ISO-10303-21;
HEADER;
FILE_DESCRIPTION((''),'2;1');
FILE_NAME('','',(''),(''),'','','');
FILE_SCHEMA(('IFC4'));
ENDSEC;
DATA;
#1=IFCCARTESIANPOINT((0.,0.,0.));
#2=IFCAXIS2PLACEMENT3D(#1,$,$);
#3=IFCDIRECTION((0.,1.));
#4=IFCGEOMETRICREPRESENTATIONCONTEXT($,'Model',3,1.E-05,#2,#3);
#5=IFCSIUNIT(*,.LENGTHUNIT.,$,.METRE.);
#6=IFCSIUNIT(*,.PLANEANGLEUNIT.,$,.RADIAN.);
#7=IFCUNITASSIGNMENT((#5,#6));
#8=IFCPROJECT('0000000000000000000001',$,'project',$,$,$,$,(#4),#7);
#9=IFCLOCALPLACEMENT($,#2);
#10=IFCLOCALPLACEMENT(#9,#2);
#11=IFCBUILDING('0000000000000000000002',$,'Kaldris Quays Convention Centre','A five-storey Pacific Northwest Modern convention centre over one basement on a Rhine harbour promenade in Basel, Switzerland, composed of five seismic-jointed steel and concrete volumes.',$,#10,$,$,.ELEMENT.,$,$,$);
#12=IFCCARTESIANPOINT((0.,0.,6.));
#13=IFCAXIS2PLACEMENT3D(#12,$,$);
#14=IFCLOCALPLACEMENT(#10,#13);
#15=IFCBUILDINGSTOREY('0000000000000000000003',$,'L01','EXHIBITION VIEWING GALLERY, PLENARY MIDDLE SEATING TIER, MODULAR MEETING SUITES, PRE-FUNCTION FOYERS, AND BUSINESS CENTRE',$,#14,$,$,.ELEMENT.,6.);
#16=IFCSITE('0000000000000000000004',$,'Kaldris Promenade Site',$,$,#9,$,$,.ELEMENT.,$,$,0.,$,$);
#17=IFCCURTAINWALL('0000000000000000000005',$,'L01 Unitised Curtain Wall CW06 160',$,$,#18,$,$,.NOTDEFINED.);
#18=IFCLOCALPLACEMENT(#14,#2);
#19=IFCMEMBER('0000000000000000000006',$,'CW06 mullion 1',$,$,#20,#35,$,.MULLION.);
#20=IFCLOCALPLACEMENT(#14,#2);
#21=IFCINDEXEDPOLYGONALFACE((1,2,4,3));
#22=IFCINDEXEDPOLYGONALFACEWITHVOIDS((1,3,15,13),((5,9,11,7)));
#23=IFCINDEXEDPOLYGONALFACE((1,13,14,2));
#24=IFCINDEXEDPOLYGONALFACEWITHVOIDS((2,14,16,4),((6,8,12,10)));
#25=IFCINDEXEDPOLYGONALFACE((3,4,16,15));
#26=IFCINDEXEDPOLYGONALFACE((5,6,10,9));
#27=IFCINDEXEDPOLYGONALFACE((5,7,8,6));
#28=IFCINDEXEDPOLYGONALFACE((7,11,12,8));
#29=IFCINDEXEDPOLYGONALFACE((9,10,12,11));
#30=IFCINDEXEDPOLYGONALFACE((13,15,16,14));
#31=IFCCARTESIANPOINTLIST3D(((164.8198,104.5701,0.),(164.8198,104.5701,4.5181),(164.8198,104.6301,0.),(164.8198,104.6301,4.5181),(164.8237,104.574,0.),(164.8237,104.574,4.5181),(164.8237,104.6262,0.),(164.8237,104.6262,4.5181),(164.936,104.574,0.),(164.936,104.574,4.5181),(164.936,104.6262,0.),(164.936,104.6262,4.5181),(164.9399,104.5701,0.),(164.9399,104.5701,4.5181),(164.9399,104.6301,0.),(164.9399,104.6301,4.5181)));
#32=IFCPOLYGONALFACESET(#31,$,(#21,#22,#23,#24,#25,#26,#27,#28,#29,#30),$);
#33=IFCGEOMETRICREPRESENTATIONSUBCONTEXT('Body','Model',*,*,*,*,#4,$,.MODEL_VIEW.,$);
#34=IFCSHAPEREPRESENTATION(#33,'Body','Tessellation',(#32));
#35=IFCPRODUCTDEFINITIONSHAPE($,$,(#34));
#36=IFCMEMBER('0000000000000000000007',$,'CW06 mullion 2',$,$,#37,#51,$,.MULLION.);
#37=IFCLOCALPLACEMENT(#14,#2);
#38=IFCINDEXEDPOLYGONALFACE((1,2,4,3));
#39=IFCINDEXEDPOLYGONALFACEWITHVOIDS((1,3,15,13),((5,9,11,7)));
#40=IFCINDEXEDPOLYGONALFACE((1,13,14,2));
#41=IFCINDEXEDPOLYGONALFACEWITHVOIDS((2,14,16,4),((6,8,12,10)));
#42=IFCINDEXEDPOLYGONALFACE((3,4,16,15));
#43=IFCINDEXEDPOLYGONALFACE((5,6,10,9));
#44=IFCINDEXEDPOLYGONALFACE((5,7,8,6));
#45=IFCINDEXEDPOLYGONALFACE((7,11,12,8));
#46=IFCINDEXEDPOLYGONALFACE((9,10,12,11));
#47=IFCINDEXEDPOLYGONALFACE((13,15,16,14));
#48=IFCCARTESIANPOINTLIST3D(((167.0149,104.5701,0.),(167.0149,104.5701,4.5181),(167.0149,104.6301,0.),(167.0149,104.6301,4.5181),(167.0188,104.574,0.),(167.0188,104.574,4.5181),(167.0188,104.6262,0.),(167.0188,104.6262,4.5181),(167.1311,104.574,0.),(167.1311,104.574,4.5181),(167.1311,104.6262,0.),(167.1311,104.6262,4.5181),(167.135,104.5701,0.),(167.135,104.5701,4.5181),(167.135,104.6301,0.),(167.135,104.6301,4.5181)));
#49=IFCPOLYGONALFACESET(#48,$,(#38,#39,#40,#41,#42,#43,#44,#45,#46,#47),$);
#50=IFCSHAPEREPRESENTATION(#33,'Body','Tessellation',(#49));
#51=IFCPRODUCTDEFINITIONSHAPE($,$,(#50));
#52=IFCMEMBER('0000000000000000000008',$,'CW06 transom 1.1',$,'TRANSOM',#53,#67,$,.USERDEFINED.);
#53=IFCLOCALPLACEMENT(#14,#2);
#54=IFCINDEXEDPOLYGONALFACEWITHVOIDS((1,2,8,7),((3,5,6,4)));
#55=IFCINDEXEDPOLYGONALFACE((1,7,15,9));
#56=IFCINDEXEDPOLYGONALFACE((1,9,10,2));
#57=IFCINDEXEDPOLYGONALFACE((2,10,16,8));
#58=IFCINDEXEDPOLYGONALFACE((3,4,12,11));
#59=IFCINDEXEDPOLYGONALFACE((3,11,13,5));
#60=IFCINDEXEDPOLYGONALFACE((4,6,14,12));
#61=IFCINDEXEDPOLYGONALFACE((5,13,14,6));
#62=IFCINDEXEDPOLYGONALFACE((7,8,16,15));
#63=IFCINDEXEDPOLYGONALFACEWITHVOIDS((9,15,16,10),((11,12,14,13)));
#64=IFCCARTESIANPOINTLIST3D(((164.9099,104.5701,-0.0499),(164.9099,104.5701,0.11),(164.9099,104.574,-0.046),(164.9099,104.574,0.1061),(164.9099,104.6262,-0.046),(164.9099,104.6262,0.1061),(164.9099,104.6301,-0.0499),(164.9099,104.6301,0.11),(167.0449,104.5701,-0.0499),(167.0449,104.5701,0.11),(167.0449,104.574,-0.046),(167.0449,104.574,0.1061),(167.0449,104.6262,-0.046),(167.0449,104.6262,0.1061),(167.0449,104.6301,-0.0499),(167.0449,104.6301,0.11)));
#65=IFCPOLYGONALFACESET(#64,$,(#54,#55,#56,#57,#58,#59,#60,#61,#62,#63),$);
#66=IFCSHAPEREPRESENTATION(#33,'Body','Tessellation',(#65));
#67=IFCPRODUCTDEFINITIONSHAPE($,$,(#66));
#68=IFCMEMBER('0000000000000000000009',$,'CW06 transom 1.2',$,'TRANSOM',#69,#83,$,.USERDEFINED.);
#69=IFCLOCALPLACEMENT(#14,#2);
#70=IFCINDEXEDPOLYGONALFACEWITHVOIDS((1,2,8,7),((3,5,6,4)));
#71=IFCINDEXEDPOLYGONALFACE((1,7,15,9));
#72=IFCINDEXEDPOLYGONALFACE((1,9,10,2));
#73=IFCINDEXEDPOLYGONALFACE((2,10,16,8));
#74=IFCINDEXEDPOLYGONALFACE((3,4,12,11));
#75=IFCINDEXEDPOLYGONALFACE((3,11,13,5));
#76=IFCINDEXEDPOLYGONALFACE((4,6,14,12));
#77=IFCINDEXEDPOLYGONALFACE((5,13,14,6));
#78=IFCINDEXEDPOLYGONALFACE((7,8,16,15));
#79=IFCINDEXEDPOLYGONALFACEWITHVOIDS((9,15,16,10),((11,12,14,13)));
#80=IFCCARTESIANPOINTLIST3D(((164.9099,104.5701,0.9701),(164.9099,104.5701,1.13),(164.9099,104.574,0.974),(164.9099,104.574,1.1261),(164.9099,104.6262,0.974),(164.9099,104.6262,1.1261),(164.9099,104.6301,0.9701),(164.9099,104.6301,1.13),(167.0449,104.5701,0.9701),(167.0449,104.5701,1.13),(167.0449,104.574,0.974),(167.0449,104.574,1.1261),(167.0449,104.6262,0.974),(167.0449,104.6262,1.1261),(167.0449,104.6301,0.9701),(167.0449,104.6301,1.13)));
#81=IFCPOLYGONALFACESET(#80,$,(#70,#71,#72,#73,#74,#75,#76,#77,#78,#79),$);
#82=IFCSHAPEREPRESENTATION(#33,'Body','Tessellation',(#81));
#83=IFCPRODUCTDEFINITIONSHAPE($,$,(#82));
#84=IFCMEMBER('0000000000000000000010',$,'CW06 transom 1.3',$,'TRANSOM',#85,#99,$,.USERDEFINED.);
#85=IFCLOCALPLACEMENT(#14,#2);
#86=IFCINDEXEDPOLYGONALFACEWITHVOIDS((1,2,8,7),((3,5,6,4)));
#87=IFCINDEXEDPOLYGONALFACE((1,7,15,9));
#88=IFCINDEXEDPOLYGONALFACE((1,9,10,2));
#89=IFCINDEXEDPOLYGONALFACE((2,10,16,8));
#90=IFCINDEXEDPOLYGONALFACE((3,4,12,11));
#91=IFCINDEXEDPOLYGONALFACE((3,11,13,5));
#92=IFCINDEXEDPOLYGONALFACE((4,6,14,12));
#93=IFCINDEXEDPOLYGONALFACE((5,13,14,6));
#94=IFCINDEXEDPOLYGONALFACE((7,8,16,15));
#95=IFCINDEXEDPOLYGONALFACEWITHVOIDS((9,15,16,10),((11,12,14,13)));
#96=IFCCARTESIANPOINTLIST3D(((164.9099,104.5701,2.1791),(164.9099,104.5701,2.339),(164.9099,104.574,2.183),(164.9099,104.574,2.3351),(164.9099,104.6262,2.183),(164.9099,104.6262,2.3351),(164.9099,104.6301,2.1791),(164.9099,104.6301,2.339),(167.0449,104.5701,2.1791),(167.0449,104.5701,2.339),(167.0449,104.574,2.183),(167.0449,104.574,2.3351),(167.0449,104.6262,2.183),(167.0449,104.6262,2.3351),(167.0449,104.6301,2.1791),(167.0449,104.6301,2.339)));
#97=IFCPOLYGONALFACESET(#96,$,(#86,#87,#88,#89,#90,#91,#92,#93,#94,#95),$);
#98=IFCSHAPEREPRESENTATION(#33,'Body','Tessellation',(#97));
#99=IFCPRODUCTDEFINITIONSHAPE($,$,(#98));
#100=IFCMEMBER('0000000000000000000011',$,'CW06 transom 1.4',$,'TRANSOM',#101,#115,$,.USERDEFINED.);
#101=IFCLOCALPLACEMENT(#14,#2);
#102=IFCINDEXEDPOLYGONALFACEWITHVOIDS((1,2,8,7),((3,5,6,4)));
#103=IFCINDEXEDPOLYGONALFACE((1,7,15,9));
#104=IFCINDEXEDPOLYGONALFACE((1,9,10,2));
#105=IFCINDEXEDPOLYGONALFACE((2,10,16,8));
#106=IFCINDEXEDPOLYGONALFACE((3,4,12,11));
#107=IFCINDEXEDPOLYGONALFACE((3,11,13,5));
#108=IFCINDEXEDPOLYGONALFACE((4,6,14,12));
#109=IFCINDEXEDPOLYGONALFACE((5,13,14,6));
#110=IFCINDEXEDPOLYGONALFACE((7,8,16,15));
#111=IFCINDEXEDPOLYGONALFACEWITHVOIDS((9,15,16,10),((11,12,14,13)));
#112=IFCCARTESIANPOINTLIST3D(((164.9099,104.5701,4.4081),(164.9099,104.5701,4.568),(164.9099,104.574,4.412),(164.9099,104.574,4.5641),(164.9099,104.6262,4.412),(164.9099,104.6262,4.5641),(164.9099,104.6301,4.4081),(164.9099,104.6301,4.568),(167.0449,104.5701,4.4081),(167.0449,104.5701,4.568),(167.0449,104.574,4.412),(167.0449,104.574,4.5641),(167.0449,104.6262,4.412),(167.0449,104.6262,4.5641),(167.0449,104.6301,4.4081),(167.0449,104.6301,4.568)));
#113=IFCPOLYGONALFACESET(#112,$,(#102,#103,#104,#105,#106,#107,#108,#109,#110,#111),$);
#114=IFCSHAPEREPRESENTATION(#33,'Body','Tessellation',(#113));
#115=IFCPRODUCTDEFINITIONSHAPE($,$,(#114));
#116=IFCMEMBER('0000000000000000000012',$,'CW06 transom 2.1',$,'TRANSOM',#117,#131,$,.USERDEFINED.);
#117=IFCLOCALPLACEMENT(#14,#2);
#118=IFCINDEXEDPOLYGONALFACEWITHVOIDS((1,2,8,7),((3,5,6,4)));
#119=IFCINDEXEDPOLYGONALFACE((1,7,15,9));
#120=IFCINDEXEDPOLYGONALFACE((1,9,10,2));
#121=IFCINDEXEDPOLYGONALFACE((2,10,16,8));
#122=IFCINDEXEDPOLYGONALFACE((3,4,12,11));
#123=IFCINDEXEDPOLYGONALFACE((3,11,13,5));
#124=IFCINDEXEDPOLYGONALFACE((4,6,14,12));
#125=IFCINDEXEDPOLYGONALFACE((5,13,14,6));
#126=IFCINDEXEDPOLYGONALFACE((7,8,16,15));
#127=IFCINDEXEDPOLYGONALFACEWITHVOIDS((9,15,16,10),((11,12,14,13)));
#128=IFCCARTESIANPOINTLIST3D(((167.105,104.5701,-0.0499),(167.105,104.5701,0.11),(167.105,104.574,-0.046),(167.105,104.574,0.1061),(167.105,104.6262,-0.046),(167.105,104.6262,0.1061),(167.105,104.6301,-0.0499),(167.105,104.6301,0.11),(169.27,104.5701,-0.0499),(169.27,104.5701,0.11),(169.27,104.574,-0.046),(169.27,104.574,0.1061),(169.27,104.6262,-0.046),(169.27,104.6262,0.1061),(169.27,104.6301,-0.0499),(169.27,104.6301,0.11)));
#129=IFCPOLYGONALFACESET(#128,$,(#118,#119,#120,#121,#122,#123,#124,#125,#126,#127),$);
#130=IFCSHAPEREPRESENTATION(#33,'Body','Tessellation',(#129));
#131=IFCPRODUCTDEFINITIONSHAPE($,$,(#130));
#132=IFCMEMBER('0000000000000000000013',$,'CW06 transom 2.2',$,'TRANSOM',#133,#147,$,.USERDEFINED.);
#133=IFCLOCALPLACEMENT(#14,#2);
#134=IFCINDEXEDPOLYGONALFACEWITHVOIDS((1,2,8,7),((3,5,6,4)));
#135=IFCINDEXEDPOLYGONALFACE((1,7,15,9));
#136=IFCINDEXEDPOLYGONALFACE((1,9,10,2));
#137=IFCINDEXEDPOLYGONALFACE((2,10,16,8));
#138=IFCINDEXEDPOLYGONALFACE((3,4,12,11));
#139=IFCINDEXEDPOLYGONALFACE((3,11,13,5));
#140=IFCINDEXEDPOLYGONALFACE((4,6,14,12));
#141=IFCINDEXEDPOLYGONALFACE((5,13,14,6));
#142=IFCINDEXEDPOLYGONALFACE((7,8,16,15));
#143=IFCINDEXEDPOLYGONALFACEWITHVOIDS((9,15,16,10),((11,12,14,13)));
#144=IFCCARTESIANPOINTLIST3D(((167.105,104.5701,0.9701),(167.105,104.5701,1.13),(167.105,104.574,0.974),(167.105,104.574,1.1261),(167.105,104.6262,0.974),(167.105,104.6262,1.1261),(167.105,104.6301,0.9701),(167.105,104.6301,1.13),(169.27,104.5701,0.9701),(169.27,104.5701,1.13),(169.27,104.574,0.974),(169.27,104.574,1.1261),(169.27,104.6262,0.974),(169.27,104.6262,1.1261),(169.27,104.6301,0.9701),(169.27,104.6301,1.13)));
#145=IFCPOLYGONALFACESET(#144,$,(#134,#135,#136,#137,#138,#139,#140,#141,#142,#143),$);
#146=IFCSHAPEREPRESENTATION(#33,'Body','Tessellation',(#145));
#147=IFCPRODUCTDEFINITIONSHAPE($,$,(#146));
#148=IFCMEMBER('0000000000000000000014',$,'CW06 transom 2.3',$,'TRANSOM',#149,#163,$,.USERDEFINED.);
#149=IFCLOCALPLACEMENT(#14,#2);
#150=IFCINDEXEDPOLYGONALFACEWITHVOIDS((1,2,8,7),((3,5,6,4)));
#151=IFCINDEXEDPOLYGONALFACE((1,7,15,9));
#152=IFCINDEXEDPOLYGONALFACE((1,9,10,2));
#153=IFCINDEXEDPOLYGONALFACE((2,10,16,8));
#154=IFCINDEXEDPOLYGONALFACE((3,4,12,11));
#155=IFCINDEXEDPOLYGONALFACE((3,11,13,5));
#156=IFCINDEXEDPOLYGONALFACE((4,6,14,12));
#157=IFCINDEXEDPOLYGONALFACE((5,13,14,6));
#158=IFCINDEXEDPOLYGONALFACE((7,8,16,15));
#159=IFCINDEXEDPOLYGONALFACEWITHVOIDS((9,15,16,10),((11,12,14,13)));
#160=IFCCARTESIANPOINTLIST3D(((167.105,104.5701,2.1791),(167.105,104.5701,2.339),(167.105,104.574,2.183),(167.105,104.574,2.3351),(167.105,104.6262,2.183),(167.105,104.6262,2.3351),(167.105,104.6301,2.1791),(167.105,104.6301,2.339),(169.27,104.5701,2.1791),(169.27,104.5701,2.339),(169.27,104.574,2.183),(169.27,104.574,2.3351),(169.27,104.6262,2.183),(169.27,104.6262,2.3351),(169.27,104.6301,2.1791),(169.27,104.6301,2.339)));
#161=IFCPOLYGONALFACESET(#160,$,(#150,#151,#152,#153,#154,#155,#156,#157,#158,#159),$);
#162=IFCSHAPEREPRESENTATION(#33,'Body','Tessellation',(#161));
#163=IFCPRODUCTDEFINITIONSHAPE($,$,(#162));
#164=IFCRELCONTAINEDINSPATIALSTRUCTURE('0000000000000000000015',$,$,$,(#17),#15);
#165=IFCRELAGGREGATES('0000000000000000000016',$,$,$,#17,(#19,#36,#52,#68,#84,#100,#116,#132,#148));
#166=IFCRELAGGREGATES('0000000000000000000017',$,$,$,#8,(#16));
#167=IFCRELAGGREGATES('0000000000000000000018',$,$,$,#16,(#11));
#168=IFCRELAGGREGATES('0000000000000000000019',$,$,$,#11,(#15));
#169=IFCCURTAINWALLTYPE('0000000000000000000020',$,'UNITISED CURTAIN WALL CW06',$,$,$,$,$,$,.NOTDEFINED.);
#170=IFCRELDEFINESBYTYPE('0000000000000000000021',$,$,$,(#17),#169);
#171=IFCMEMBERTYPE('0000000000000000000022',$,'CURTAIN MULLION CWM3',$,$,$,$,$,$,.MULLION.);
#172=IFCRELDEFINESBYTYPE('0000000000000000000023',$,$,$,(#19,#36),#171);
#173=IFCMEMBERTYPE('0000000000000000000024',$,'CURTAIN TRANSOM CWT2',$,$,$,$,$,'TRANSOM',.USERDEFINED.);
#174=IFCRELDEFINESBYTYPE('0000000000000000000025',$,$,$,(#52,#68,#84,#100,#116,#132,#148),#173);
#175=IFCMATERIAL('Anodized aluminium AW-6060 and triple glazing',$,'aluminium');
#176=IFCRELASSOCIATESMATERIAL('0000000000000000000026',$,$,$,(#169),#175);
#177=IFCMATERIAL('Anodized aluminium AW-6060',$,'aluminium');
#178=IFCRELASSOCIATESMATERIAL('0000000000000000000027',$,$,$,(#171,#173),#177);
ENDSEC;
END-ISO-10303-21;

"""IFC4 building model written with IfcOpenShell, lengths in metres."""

from ifc_helpers import new_model, si_unit, direction, frame, origin, origin_2d, place, context, subcontext, project, spatial, hollow_rectangle, extrude, material, material_profile, profile_set, type_object, element, aggregate, save


model = new_model("IFC4")

# Units and contexts
model_context = context("Model", 3, precision=1e-05, world=origin(), true_north=direction((0.0, 1.0)))
body_context = subcontext(model_context, "Body", "Model", "MODEL_VIEW")
ifc_project = project(units=[si_unit("LENGTHUNIT", "METRE"), si_unit("PLANEANGLEUNIT", "RADIAN")], contexts=[model_context])

# Site, building, storey
site_placement = place(None, origin())
site = spatial("IfcSite", under=ifc_project, at=site_placement, Name="Kaldris Promenade Site", CompositionType="ELEMENT", RefElevation=0.0)
building_placement = place(site_placement, origin())
building = spatial("IfcBuilding", under=site, at=building_placement, Name="Kaldris Quays Convention Centre", Description="A five-storey Pacific Northwest Modern convention centre over one basement on a Rhine harbour promenade in Basel, Switzerland, composed of five seismic-jointed steel and concrete volumes.", CompositionType="ELEMENT")
storey_placement = place(building_placement, frame((0.0, 0.0, 6.0)))
storey = spatial("IfcBuildingStorey", under=building, at=storey_placement, Name="L01", Description="EXHIBITION VIEWING GALLERY, PLENARY MIDDLE SEATING TIER, MODULAR MEETING SUITES, PRE-FUNCTION FOYERS, AND BUSINESS CENTRE", CompositionType="ELEMENT", Elevation=6.0)

# Curtain wall, members
ifc_material_1 = material(Name="Anodized aluminium AW-6060 and triple glazing", Category="aluminium")
curtain_wall_type = type_object("IfcCurtainWallType", Name="UNITISED CURTAIN WALL CW06", PredefinedType="NOTDEFINED", material=ifc_material_1)
curtain_wall_placement = place(storey_placement, origin())
curtain_wall = element("IfcCurtainWall", 1, at=curtain_wall_placement, inside=storey, type_object=curtain_wall_type, Name="L01 Unitised Curtain Wall CW06 160", PredefinedType="NOTDEFINED")
ifc_material_2 = material(Name="Anodized aluminium AW-6060", Category="aluminium")
ifc_material_profile_1 = material_profile(ifc_material_2, hollow_rectangle(XDim=0.0601, YDim=0.1201, WallThickness=0.0039, at=origin_2d()), Name="RHS 120x60x4")
ifc_profile_set_1 = profile_set([ifc_material_profile_1], Name="Anodized aluminium AW-6060")
member_type_1 = type_object("IfcMemberType", Name="CURTAIN MULLION CWM3", PredefinedType="MULLION", material=ifc_profile_set_1)
member_1_placement = place(storey_placement, frame((164.8799, 104.6001, 0.0), z_axis=(0.0, 0.0, 1.0), x_axis=(0.0, 1.0, 0.0)))
member_1 = element("IfcMember", 2, at=member_1_placement, type_object=member_type_1, Name="CW06 mullion 1", PredefinedType="MULLION", context=body_context, shape_type="SweptSolid", body=[
    extrude(hollow_rectangle(XDim=0.0601, YDim=0.1201, WallThickness=0.0039, at=origin_2d()), origin(), (0.0, 0.0, 1.0), 4.5181),
])
member_2_placement = place(storey_placement, frame((167.075, 104.6001, 0.0), z_axis=(0.0, 0.0, 1.0), x_axis=(0.0, 1.0, 0.0)))
member_2 = element("IfcMember", 3, at=member_2_placement, type_object=member_type_1, Name="CW06 mullion 2", PredefinedType="MULLION", context=body_context, shape_type="SweptSolid", body=[
    extrude(hollow_rectangle(XDim=0.0601, YDim=0.1201, WallThickness=0.0039, at=origin_2d()), origin(), (0.0, 0.0, 1.0), 4.5181),
])
ifc_material_profile_2 = material_profile(ifc_material_2, hollow_rectangle(XDim=0.0601, YDim=0.1599, WallThickness=0.0039, at=origin_2d()), Name="RHS 160x60x4")
ifc_profile_set_2 = profile_set([ifc_material_profile_2], Name="Anodized aluminium AW-6060")
member_type_2 = type_object("IfcMemberType", Name="CURTAIN TRANSOM CWT2", ElementType="TRANSOM", PredefinedType="USERDEFINED", material=ifc_profile_set_2)
member_3_placement = place(storey_placement, frame((164.9099, 104.6001, 0.03), z_axis=(1.0, 0.0, 0.0), x_axis=(0.0, 1.0, 0.0)))
member_3 = element("IfcMember", 4, at=member_3_placement, type_object=member_type_2, Name="CW06 transom 1.1", ObjectType="TRANSOM", PredefinedType="USERDEFINED", context=body_context, shape_type="SweptSolid", body=[
    extrude(hollow_rectangle(XDim=0.0601, YDim=0.1599, WallThickness=0.0039, at=origin_2d()), origin(), (0.0, 0.0, 1.0), 2.135),
])
member_4_placement = place(storey_placement, frame((164.9099, 104.6001, 1.05), z_axis=(1.0, 0.0, 0.0), x_axis=(0.0, 1.0, 0.0)))
member_4 = element("IfcMember", 5, at=member_4_placement, type_object=member_type_2, Name="CW06 transom 1.2", ObjectType="TRANSOM", PredefinedType="USERDEFINED", context=body_context, shape_type="SweptSolid", body=[
    extrude(hollow_rectangle(XDim=0.0601, YDim=0.1599, WallThickness=0.0039, at=origin_2d()), origin(), (0.0, 0.0, 1.0), 2.135),
])
member_5_placement = place(storey_placement, frame((164.9099, 104.6001, 2.259), z_axis=(1.0, 0.0, 0.0), x_axis=(0.0, 1.0, 0.0)))
member_5 = element("IfcMember", 6, at=member_5_placement, type_object=member_type_2, Name="CW06 transom 1.3", ObjectType="TRANSOM", PredefinedType="USERDEFINED", context=body_context, shape_type="SweptSolid", body=[
    extrude(hollow_rectangle(XDim=0.0601, YDim=0.1599, WallThickness=0.0039, at=origin_2d()), origin(), (0.0, 0.0, 1.0), 2.135),
])
member_6_placement = place(storey_placement, frame((164.9099, 104.6001, 4.488), z_axis=(1.0, 0.0, 0.0), x_axis=(0.0, 1.0, 0.0)))
member_6 = element("IfcMember", 7, at=member_6_placement, type_object=member_type_2, Name="CW06 transom 1.4", ObjectType="TRANSOM", PredefinedType="USERDEFINED", context=body_context, shape_type="SweptSolid", body=[
    extrude(hollow_rectangle(XDim=0.0601, YDim=0.1599, WallThickness=0.0039, at=origin_2d()), origin(), (0.0, 0.0, 1.0), 2.135),
])
member_7_placement = place(storey_placement, frame((167.105, 104.6001, 0.03), z_axis=(1.0, 0.0, 0.0), x_axis=(0.0, 1.0, 0.0)))
member_7 = element("IfcMember", 8, at=member_7_placement, type_object=member_type_2, Name="CW06 transom 2.1", ObjectType="TRANSOM", PredefinedType="USERDEFINED", context=body_context, shape_type="SweptSolid", body=[
    extrude(hollow_rectangle(XDim=0.0601, YDim=0.1599, WallThickness=0.0039, at=origin_2d()), origin(), (0.0, 0.0, 1.0), 2.165),
])
member_8_placement = place(storey_placement, frame((167.105, 104.6001, 1.05), z_axis=(1.0, 0.0, 0.0), x_axis=(0.0, 1.0, 0.0)))
member_8 = element("IfcMember", 9, at=member_8_placement, type_object=member_type_2, Name="CW06 transom 2.2", ObjectType="TRANSOM", PredefinedType="USERDEFINED", context=body_context, shape_type="SweptSolid", body=[
    extrude(hollow_rectangle(XDim=0.0601, YDim=0.1599, WallThickness=0.0039, at=origin_2d()), origin(), (0.0, 0.0, 1.0), 2.165),
])
member_9_placement = place(storey_placement, frame((167.105, 104.6001, 2.259), z_axis=(1.0, 0.0, 0.0), x_axis=(0.0, 1.0, 0.0)))
member_9 = element("IfcMember", 10, at=member_9_placement, type_object=member_type_2, Name="CW06 transom 2.3", ObjectType="TRANSOM", PredefinedType="USERDEFINED", context=body_context, shape_type="SweptSolid", body=[
    extrude(hollow_rectangle(XDim=0.0601, YDim=0.1599, WallThickness=0.0039, at=origin_2d()), origin(), (0.0, 0.0, 1.0), 2.165),
])

aggregate(curtain_wall, [member_1, member_2, member_3, member_4, member_5, member_6, member_7, member_8, member_9])

save(model, "model.ifc")
